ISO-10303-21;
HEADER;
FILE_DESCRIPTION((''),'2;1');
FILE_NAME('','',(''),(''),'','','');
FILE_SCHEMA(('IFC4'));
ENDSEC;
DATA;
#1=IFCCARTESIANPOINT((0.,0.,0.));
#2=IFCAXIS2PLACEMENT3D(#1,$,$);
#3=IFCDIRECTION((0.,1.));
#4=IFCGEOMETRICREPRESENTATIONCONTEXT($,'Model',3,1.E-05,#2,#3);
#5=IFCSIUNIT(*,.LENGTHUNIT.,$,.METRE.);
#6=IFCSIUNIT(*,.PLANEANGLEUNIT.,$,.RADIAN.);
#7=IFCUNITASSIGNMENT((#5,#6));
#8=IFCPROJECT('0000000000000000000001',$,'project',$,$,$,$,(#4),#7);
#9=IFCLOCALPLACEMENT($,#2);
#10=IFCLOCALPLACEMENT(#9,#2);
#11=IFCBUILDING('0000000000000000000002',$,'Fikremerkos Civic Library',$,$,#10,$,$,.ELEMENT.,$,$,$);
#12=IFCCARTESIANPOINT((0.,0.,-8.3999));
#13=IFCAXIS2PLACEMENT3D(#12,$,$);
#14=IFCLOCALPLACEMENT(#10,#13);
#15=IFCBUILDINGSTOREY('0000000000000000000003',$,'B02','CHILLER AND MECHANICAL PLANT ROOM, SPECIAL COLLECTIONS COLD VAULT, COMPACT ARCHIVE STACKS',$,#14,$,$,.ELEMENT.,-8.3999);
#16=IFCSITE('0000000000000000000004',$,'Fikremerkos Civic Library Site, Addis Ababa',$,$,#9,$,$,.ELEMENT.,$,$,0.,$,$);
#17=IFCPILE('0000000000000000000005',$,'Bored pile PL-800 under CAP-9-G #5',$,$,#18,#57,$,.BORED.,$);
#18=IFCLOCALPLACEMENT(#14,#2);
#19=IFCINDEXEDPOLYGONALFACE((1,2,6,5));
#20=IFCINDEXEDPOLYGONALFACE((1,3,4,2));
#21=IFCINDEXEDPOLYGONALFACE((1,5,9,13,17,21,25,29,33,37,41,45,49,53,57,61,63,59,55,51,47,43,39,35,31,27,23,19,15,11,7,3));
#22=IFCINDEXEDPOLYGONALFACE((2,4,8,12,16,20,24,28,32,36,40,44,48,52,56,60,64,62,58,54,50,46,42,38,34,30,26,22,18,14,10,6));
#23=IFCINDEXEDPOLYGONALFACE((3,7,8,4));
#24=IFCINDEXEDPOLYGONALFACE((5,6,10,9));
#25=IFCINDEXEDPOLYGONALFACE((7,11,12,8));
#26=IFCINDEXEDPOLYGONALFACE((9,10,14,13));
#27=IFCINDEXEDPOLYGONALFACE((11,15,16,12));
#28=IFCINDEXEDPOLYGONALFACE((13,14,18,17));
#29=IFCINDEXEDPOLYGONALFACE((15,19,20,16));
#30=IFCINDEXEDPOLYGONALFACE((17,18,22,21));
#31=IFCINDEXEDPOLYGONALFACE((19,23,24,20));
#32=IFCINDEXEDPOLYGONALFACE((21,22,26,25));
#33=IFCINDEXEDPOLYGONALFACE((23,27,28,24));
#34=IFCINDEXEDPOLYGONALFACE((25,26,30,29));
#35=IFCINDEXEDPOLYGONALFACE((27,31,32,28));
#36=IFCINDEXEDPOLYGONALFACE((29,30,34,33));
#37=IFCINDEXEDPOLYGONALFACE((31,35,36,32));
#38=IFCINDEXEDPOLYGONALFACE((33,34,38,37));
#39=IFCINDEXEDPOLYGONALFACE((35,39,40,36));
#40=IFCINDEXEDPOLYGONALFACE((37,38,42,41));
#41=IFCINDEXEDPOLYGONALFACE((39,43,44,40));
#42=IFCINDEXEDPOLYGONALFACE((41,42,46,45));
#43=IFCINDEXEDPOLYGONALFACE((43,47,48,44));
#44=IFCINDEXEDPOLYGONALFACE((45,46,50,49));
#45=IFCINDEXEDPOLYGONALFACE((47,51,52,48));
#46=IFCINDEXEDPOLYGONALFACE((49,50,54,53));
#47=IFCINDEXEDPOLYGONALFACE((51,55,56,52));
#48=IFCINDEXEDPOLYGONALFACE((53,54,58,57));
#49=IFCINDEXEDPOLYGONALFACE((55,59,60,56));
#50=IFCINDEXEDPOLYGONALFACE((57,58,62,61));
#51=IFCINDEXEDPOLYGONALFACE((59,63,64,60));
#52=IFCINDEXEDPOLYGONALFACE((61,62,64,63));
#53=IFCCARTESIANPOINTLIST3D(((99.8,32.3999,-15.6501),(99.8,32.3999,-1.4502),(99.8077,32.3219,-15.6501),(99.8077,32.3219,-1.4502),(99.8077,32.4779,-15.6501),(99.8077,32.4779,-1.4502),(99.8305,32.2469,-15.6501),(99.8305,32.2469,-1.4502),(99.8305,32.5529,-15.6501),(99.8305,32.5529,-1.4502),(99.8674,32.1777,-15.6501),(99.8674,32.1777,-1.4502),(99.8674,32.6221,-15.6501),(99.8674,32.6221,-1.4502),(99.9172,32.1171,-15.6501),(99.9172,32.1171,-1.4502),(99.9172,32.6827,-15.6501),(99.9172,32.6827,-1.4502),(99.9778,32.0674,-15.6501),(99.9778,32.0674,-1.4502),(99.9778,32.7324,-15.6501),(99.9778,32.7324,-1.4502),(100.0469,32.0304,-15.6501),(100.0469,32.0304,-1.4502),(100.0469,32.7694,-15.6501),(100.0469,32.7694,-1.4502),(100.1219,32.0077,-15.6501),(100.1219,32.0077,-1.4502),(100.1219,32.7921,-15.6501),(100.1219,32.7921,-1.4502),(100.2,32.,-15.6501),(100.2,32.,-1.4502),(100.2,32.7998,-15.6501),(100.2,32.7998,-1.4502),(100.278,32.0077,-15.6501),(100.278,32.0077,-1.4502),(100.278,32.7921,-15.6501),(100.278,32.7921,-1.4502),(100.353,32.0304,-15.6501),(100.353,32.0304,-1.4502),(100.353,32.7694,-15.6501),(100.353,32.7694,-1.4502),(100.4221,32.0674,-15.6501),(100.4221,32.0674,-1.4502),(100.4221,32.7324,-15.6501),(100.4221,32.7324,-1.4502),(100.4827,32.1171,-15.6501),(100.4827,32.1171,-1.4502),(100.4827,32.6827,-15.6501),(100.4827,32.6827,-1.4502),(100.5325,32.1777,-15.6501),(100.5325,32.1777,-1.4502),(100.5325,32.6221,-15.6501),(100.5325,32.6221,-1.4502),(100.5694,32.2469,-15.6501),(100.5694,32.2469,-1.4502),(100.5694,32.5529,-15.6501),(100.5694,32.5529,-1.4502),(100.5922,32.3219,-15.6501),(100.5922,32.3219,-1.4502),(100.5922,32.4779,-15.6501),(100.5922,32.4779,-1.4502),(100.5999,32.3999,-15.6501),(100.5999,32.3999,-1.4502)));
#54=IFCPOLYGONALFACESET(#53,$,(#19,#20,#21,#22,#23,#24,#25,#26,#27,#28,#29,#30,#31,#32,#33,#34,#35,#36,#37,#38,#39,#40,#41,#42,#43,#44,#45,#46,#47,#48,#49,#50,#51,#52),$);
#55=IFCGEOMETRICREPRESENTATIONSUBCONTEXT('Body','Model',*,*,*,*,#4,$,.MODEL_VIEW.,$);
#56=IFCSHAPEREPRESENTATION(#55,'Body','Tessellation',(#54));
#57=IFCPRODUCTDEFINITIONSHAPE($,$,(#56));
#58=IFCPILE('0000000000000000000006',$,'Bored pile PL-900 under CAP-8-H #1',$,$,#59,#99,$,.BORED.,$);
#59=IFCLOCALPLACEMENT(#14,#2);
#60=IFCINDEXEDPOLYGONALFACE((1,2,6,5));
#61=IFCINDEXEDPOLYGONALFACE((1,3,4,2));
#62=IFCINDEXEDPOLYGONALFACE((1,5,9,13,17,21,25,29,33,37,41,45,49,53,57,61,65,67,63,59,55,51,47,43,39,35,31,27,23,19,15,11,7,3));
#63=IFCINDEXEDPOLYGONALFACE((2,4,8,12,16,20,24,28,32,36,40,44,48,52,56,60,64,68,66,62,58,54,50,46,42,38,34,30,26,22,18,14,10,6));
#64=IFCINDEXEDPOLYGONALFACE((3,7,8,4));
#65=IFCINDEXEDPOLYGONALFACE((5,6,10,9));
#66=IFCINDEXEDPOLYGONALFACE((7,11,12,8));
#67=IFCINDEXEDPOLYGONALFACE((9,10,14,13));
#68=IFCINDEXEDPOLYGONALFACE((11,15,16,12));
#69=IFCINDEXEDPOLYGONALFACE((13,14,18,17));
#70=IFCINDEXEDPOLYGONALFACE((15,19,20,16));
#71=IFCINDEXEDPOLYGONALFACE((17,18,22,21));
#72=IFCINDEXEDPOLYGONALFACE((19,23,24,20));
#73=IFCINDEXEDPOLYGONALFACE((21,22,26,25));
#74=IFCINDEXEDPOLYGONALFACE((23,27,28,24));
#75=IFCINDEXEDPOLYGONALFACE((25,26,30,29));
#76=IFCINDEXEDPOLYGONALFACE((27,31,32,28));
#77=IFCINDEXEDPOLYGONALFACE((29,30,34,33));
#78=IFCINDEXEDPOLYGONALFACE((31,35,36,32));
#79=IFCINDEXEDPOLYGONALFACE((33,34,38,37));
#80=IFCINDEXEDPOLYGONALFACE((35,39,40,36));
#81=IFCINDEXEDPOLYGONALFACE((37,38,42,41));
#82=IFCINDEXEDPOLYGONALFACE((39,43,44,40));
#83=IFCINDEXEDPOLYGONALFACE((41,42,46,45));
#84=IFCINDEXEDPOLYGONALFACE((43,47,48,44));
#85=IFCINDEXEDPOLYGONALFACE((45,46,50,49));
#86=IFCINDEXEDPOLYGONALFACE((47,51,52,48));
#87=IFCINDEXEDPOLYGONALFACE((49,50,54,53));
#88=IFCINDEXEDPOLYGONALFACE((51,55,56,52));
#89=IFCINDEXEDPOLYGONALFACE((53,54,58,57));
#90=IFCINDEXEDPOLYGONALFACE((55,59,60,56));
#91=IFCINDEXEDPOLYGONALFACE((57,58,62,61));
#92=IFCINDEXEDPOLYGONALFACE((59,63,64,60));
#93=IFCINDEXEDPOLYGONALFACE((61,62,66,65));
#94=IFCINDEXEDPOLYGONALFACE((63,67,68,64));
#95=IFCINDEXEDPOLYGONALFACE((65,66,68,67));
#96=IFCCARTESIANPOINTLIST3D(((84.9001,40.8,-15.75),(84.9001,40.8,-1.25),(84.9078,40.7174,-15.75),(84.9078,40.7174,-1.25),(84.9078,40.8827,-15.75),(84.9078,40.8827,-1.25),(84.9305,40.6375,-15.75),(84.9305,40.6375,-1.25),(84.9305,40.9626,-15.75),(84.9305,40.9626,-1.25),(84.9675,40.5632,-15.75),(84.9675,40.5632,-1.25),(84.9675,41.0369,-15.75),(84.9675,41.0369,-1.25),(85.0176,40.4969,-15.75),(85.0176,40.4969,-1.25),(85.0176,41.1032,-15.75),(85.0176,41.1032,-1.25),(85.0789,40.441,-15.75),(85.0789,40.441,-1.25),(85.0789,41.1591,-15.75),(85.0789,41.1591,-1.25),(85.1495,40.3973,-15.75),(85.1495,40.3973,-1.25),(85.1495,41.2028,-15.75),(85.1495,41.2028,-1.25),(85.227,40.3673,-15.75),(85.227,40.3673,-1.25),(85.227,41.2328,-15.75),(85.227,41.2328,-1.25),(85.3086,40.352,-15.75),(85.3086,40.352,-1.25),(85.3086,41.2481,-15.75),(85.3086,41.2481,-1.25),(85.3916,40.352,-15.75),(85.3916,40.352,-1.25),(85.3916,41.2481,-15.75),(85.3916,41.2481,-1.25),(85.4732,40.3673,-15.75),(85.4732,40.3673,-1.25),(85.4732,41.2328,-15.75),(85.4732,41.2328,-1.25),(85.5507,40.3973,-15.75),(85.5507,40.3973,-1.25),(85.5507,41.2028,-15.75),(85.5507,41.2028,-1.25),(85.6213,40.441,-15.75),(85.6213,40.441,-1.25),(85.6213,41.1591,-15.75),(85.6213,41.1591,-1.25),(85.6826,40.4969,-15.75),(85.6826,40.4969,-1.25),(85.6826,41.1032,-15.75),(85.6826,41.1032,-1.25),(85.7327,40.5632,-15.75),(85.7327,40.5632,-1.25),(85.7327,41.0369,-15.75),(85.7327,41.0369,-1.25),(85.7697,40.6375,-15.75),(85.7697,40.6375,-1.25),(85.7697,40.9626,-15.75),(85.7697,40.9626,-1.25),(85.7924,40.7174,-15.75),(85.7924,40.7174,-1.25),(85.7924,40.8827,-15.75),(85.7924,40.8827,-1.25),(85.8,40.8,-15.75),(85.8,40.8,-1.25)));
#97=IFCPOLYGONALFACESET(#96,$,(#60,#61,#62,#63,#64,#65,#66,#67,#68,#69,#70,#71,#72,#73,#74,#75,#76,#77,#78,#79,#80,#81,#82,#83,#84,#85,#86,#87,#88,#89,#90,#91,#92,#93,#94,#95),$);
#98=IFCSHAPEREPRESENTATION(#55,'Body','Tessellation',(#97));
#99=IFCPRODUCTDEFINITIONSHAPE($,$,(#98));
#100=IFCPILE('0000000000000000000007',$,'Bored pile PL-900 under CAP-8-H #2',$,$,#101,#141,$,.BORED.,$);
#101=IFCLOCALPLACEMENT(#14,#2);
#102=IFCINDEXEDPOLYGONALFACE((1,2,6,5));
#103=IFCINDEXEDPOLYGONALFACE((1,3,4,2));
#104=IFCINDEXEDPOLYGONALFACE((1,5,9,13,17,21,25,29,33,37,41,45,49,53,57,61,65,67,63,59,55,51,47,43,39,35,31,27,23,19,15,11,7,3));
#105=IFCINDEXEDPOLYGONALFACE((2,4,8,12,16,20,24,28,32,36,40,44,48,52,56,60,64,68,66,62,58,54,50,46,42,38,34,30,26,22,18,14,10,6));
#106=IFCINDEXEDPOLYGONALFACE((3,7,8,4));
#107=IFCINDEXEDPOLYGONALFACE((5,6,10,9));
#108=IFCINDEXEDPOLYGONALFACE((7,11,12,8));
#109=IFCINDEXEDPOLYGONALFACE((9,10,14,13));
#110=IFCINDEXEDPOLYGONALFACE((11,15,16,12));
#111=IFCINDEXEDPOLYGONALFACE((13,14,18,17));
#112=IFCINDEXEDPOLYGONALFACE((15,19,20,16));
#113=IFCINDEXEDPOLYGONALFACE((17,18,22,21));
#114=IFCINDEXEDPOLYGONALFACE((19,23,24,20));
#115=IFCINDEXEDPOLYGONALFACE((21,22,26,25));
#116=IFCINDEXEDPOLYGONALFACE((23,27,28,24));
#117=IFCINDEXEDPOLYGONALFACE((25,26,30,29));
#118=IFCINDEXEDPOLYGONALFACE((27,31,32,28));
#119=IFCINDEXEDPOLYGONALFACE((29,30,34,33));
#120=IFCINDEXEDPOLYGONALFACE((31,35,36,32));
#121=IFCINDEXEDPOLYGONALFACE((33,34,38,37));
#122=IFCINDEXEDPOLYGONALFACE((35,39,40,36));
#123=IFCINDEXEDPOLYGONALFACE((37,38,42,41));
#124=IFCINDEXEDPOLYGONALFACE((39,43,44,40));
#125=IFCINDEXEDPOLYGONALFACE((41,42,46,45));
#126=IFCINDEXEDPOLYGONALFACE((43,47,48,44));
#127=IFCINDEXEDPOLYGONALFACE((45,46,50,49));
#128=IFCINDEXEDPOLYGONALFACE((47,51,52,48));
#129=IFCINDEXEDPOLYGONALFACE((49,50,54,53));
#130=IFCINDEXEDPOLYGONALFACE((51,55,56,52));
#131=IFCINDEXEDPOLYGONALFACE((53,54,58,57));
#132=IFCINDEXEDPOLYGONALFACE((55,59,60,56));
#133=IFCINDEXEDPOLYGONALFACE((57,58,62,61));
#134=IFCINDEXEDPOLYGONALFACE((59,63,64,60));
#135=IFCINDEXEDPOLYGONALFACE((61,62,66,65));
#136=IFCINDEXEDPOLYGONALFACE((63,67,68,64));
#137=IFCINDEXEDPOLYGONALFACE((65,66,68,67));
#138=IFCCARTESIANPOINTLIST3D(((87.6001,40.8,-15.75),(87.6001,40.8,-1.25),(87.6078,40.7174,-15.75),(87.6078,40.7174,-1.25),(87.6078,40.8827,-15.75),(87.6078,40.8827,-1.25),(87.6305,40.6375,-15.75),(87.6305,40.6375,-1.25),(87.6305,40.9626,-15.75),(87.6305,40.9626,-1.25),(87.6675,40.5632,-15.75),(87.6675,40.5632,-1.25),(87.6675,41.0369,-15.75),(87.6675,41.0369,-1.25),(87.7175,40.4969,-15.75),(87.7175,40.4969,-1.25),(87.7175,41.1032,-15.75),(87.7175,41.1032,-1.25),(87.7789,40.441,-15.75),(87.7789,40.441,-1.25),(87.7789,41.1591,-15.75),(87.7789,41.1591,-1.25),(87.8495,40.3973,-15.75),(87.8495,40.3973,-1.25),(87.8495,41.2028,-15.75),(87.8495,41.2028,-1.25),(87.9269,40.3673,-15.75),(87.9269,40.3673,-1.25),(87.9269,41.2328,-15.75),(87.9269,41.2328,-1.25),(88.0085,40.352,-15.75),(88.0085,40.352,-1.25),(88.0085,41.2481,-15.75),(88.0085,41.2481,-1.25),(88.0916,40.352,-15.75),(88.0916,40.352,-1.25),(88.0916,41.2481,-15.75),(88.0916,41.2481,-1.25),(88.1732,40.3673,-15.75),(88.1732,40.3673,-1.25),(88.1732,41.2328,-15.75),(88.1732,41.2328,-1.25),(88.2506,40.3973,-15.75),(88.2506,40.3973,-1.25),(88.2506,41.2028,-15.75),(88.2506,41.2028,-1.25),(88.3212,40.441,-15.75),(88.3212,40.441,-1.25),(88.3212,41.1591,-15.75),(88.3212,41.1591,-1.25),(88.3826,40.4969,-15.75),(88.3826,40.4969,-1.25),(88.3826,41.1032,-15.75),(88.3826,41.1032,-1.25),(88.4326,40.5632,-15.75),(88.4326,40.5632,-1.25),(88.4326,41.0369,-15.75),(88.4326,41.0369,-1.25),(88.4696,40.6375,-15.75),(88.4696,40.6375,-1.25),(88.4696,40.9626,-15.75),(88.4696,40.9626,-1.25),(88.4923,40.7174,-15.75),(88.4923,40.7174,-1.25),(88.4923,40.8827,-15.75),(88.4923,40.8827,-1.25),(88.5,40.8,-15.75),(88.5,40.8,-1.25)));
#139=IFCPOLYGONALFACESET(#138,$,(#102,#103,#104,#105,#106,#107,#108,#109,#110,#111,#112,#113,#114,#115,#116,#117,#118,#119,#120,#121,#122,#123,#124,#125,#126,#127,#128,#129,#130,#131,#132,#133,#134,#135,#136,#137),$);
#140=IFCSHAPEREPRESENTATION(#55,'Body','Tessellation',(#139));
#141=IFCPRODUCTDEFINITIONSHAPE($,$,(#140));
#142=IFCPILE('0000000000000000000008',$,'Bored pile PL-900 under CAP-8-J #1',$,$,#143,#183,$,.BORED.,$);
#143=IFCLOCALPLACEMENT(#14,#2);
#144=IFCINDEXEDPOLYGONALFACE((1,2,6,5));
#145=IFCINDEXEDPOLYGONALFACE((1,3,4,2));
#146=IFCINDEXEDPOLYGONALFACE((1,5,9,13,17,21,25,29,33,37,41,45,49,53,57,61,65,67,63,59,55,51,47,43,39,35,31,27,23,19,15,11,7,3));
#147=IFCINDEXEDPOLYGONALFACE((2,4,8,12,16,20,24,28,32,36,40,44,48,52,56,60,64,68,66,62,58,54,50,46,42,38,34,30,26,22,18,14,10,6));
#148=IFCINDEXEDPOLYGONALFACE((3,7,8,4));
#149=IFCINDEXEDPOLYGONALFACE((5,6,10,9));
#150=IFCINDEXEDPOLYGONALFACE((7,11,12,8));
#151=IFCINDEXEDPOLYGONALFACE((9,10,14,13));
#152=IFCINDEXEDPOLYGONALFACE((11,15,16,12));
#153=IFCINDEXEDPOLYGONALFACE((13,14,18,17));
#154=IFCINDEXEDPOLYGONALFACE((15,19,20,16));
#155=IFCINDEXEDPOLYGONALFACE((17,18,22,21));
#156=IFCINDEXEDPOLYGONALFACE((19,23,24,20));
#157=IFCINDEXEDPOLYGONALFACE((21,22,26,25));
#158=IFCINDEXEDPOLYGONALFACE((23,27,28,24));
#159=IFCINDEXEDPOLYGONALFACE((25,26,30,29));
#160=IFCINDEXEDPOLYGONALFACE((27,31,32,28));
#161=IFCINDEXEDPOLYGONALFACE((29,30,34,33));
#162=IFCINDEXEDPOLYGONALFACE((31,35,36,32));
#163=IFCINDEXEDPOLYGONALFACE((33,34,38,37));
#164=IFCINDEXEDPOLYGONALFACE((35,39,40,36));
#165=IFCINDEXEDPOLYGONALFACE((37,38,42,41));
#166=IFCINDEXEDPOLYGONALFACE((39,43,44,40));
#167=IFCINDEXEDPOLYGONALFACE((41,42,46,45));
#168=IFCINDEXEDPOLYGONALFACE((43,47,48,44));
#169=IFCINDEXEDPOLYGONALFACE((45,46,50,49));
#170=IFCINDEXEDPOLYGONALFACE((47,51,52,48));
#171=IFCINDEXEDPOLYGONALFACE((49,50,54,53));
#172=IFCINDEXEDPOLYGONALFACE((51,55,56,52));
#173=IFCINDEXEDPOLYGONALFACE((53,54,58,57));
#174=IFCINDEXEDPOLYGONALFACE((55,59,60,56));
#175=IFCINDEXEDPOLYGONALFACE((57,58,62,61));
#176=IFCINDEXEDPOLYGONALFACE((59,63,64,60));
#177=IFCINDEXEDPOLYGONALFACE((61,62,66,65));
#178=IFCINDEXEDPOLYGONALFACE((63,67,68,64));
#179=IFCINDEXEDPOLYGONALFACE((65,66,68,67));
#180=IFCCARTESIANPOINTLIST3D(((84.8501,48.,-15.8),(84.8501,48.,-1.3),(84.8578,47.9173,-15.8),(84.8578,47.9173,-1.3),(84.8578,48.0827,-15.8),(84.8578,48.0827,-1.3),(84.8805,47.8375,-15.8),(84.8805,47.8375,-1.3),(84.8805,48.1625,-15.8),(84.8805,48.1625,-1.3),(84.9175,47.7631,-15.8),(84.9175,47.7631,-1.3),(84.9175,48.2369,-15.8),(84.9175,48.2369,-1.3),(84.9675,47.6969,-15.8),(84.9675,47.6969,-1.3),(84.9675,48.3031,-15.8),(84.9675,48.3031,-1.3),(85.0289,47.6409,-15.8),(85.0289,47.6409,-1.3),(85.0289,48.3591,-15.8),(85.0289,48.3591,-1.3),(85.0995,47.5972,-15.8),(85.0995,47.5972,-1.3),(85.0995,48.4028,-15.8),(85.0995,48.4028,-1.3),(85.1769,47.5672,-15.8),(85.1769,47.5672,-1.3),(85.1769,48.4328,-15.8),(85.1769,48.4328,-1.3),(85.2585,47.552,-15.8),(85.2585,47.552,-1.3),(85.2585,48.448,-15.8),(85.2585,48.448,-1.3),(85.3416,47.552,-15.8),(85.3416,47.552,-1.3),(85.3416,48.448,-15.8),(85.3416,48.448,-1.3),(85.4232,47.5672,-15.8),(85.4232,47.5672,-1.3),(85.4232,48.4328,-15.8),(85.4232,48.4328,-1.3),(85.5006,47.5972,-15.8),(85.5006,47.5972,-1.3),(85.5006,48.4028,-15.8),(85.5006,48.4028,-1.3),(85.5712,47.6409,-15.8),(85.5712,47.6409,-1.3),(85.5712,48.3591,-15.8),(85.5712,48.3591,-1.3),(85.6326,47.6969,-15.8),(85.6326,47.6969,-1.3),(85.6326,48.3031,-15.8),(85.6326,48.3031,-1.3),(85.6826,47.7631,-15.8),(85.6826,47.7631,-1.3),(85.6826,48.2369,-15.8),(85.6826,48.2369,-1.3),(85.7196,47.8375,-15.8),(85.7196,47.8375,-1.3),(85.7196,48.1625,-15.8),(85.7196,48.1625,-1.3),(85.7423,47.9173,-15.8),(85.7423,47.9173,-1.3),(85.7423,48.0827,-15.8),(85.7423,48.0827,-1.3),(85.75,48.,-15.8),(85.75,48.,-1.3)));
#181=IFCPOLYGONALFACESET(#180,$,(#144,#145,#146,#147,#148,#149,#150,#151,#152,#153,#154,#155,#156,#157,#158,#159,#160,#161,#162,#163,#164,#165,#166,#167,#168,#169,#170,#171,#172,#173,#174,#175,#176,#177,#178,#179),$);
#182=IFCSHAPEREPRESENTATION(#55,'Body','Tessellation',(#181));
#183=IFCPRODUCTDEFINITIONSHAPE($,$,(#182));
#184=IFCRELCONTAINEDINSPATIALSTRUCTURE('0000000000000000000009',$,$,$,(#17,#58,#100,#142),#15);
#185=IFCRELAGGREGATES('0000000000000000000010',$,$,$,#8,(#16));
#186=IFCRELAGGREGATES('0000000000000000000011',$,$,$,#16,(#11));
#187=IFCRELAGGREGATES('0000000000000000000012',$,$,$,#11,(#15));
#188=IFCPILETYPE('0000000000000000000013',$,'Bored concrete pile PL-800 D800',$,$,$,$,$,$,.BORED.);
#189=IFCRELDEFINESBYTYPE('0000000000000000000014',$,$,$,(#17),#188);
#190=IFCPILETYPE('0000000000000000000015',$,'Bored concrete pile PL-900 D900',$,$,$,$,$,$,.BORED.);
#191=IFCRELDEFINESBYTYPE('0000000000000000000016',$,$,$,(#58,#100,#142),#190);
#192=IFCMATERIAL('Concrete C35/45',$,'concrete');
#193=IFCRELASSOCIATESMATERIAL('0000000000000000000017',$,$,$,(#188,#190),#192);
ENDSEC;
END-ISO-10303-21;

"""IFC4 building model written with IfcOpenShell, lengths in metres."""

from ifc_helpers import new_model, si_unit, direction, frame, origin, origin_2d, place, context, subcontext, project, spatial, circle, extrude, material, material_profile, profile_set, type_object, element, save


model = new_model("IFC4")

# Units and contexts
model_context = context("Model", 3, precision=1e-05, world=origin(), true_north=direction((0.0, 1.0)))
body_context = subcontext(model_context, "Body", "Model", "MODEL_VIEW")
ifc_project = project(units=[si_unit("LENGTHUNIT", "METRE"), si_unit("PLANEANGLEUNIT", "RADIAN")], contexts=[model_context])

# Site, building, storey
site_placement = place(None, origin())
site = spatial("IfcSite", under=ifc_project, at=site_placement, Name="Fikremerkos Civic Library Site, Addis Ababa", CompositionType="ELEMENT", RefElevation=0.0)
building_placement = place(site_placement, origin())
building = spatial("IfcBuilding", under=site, at=building_placement, Name="Fikremerkos Civic Library", CompositionType="ELEMENT")
storey_placement = place(building_placement, frame((0.0, 0.0, -8.3999)))
storey = spatial("IfcBuildingStorey", under=building, at=storey_placement, Name="B02", Description="CHILLER AND MECHANICAL PLANT ROOM, SPECIAL COLLECTIONS COLD VAULT, COMPACT ARCHIVE STACKS", CompositionType="ELEMENT", Elevation=-8.3999)

# Piles
ifc_material_1 = material(Name="Concrete C35/45", Category="concrete")
ifc_material_profile_1 = material_profile(ifc_material_1, circle(Radius=0.3999, at=origin_2d()), Name="BORED PILE 800")
ifc_profile_set_1 = profile_set([ifc_material_profile_1], Name="Concrete C35/45")
pile_type_1 = type_object("IfcPileType", Name="Bored concrete pile PL-800 D800", PredefinedType="BORED", material=ifc_profile_set_1)
for number, where, z_axis, x_axis, name in (
    (1, (100.2, 32.3999, -1.4502), (0.0, 0.0, -1.0), (1.0, 0.0, 0.0), "Bored pile PL-800 under CAP-9-G #5"),
):
    element("IfcPile", number, at=place(storey_placement, frame(where, z_axis=z_axis, x_axis=x_axis)), inside=storey, type_object=pile_type_1, Name=name, PredefinedType="BORED", context=body_context, shape_type="SweptSolid", body=[
        extrude(circle(Radius=0.3999, at=origin_2d()), origin(), (0.0, 0.0, 1.0), 14.2),
    ])
ifc_material_profile_2 = material_profile(ifc_material_1, circle(Radius=0.45, at=origin_2d()), Name="BORED PILE 900")
ifc_profile_set_2 = profile_set([ifc_material_profile_2], Name="Concrete C35/45")
pile_type_2 = type_object("IfcPileType", Name="Bored concrete pile PL-900 D900", PredefinedType="BORED", material=ifc_profile_set_2)
for number, where, z_axis, x_axis, name in (
    (2, (85.3501, 40.8, -1.25), (0.0, 0.0, -1.0), (1.0, 0.0, 0.0), "Bored pile PL-900 under CAP-8-H #1"),
    (3, (88.05, 40.8, -1.25), (0.0, 0.0, -1.0), (1.0, 0.0, 0.0), "Bored pile PL-900 under CAP-8-H #2"),
    (4, (85.3, 48.0, -1.3), (0.0, 0.0, -1.0), (1.0, 0.0, 0.0), "Bored pile PL-900 under CAP-8-J #1"),
):
    element("IfcPile", number, at=place(storey_placement, frame(where, z_axis=z_axis, x_axis=x_axis)), inside=storey, type_object=pile_type_2, Name=name, PredefinedType="BORED", context=body_context, shape_type="SweptSolid", body=[
        extrude(circle(Radius=0.45, at=origin_2d()), origin(), (0.0, 0.0, 1.0), 14.5),
    ])

save(model, "model.ifc")
